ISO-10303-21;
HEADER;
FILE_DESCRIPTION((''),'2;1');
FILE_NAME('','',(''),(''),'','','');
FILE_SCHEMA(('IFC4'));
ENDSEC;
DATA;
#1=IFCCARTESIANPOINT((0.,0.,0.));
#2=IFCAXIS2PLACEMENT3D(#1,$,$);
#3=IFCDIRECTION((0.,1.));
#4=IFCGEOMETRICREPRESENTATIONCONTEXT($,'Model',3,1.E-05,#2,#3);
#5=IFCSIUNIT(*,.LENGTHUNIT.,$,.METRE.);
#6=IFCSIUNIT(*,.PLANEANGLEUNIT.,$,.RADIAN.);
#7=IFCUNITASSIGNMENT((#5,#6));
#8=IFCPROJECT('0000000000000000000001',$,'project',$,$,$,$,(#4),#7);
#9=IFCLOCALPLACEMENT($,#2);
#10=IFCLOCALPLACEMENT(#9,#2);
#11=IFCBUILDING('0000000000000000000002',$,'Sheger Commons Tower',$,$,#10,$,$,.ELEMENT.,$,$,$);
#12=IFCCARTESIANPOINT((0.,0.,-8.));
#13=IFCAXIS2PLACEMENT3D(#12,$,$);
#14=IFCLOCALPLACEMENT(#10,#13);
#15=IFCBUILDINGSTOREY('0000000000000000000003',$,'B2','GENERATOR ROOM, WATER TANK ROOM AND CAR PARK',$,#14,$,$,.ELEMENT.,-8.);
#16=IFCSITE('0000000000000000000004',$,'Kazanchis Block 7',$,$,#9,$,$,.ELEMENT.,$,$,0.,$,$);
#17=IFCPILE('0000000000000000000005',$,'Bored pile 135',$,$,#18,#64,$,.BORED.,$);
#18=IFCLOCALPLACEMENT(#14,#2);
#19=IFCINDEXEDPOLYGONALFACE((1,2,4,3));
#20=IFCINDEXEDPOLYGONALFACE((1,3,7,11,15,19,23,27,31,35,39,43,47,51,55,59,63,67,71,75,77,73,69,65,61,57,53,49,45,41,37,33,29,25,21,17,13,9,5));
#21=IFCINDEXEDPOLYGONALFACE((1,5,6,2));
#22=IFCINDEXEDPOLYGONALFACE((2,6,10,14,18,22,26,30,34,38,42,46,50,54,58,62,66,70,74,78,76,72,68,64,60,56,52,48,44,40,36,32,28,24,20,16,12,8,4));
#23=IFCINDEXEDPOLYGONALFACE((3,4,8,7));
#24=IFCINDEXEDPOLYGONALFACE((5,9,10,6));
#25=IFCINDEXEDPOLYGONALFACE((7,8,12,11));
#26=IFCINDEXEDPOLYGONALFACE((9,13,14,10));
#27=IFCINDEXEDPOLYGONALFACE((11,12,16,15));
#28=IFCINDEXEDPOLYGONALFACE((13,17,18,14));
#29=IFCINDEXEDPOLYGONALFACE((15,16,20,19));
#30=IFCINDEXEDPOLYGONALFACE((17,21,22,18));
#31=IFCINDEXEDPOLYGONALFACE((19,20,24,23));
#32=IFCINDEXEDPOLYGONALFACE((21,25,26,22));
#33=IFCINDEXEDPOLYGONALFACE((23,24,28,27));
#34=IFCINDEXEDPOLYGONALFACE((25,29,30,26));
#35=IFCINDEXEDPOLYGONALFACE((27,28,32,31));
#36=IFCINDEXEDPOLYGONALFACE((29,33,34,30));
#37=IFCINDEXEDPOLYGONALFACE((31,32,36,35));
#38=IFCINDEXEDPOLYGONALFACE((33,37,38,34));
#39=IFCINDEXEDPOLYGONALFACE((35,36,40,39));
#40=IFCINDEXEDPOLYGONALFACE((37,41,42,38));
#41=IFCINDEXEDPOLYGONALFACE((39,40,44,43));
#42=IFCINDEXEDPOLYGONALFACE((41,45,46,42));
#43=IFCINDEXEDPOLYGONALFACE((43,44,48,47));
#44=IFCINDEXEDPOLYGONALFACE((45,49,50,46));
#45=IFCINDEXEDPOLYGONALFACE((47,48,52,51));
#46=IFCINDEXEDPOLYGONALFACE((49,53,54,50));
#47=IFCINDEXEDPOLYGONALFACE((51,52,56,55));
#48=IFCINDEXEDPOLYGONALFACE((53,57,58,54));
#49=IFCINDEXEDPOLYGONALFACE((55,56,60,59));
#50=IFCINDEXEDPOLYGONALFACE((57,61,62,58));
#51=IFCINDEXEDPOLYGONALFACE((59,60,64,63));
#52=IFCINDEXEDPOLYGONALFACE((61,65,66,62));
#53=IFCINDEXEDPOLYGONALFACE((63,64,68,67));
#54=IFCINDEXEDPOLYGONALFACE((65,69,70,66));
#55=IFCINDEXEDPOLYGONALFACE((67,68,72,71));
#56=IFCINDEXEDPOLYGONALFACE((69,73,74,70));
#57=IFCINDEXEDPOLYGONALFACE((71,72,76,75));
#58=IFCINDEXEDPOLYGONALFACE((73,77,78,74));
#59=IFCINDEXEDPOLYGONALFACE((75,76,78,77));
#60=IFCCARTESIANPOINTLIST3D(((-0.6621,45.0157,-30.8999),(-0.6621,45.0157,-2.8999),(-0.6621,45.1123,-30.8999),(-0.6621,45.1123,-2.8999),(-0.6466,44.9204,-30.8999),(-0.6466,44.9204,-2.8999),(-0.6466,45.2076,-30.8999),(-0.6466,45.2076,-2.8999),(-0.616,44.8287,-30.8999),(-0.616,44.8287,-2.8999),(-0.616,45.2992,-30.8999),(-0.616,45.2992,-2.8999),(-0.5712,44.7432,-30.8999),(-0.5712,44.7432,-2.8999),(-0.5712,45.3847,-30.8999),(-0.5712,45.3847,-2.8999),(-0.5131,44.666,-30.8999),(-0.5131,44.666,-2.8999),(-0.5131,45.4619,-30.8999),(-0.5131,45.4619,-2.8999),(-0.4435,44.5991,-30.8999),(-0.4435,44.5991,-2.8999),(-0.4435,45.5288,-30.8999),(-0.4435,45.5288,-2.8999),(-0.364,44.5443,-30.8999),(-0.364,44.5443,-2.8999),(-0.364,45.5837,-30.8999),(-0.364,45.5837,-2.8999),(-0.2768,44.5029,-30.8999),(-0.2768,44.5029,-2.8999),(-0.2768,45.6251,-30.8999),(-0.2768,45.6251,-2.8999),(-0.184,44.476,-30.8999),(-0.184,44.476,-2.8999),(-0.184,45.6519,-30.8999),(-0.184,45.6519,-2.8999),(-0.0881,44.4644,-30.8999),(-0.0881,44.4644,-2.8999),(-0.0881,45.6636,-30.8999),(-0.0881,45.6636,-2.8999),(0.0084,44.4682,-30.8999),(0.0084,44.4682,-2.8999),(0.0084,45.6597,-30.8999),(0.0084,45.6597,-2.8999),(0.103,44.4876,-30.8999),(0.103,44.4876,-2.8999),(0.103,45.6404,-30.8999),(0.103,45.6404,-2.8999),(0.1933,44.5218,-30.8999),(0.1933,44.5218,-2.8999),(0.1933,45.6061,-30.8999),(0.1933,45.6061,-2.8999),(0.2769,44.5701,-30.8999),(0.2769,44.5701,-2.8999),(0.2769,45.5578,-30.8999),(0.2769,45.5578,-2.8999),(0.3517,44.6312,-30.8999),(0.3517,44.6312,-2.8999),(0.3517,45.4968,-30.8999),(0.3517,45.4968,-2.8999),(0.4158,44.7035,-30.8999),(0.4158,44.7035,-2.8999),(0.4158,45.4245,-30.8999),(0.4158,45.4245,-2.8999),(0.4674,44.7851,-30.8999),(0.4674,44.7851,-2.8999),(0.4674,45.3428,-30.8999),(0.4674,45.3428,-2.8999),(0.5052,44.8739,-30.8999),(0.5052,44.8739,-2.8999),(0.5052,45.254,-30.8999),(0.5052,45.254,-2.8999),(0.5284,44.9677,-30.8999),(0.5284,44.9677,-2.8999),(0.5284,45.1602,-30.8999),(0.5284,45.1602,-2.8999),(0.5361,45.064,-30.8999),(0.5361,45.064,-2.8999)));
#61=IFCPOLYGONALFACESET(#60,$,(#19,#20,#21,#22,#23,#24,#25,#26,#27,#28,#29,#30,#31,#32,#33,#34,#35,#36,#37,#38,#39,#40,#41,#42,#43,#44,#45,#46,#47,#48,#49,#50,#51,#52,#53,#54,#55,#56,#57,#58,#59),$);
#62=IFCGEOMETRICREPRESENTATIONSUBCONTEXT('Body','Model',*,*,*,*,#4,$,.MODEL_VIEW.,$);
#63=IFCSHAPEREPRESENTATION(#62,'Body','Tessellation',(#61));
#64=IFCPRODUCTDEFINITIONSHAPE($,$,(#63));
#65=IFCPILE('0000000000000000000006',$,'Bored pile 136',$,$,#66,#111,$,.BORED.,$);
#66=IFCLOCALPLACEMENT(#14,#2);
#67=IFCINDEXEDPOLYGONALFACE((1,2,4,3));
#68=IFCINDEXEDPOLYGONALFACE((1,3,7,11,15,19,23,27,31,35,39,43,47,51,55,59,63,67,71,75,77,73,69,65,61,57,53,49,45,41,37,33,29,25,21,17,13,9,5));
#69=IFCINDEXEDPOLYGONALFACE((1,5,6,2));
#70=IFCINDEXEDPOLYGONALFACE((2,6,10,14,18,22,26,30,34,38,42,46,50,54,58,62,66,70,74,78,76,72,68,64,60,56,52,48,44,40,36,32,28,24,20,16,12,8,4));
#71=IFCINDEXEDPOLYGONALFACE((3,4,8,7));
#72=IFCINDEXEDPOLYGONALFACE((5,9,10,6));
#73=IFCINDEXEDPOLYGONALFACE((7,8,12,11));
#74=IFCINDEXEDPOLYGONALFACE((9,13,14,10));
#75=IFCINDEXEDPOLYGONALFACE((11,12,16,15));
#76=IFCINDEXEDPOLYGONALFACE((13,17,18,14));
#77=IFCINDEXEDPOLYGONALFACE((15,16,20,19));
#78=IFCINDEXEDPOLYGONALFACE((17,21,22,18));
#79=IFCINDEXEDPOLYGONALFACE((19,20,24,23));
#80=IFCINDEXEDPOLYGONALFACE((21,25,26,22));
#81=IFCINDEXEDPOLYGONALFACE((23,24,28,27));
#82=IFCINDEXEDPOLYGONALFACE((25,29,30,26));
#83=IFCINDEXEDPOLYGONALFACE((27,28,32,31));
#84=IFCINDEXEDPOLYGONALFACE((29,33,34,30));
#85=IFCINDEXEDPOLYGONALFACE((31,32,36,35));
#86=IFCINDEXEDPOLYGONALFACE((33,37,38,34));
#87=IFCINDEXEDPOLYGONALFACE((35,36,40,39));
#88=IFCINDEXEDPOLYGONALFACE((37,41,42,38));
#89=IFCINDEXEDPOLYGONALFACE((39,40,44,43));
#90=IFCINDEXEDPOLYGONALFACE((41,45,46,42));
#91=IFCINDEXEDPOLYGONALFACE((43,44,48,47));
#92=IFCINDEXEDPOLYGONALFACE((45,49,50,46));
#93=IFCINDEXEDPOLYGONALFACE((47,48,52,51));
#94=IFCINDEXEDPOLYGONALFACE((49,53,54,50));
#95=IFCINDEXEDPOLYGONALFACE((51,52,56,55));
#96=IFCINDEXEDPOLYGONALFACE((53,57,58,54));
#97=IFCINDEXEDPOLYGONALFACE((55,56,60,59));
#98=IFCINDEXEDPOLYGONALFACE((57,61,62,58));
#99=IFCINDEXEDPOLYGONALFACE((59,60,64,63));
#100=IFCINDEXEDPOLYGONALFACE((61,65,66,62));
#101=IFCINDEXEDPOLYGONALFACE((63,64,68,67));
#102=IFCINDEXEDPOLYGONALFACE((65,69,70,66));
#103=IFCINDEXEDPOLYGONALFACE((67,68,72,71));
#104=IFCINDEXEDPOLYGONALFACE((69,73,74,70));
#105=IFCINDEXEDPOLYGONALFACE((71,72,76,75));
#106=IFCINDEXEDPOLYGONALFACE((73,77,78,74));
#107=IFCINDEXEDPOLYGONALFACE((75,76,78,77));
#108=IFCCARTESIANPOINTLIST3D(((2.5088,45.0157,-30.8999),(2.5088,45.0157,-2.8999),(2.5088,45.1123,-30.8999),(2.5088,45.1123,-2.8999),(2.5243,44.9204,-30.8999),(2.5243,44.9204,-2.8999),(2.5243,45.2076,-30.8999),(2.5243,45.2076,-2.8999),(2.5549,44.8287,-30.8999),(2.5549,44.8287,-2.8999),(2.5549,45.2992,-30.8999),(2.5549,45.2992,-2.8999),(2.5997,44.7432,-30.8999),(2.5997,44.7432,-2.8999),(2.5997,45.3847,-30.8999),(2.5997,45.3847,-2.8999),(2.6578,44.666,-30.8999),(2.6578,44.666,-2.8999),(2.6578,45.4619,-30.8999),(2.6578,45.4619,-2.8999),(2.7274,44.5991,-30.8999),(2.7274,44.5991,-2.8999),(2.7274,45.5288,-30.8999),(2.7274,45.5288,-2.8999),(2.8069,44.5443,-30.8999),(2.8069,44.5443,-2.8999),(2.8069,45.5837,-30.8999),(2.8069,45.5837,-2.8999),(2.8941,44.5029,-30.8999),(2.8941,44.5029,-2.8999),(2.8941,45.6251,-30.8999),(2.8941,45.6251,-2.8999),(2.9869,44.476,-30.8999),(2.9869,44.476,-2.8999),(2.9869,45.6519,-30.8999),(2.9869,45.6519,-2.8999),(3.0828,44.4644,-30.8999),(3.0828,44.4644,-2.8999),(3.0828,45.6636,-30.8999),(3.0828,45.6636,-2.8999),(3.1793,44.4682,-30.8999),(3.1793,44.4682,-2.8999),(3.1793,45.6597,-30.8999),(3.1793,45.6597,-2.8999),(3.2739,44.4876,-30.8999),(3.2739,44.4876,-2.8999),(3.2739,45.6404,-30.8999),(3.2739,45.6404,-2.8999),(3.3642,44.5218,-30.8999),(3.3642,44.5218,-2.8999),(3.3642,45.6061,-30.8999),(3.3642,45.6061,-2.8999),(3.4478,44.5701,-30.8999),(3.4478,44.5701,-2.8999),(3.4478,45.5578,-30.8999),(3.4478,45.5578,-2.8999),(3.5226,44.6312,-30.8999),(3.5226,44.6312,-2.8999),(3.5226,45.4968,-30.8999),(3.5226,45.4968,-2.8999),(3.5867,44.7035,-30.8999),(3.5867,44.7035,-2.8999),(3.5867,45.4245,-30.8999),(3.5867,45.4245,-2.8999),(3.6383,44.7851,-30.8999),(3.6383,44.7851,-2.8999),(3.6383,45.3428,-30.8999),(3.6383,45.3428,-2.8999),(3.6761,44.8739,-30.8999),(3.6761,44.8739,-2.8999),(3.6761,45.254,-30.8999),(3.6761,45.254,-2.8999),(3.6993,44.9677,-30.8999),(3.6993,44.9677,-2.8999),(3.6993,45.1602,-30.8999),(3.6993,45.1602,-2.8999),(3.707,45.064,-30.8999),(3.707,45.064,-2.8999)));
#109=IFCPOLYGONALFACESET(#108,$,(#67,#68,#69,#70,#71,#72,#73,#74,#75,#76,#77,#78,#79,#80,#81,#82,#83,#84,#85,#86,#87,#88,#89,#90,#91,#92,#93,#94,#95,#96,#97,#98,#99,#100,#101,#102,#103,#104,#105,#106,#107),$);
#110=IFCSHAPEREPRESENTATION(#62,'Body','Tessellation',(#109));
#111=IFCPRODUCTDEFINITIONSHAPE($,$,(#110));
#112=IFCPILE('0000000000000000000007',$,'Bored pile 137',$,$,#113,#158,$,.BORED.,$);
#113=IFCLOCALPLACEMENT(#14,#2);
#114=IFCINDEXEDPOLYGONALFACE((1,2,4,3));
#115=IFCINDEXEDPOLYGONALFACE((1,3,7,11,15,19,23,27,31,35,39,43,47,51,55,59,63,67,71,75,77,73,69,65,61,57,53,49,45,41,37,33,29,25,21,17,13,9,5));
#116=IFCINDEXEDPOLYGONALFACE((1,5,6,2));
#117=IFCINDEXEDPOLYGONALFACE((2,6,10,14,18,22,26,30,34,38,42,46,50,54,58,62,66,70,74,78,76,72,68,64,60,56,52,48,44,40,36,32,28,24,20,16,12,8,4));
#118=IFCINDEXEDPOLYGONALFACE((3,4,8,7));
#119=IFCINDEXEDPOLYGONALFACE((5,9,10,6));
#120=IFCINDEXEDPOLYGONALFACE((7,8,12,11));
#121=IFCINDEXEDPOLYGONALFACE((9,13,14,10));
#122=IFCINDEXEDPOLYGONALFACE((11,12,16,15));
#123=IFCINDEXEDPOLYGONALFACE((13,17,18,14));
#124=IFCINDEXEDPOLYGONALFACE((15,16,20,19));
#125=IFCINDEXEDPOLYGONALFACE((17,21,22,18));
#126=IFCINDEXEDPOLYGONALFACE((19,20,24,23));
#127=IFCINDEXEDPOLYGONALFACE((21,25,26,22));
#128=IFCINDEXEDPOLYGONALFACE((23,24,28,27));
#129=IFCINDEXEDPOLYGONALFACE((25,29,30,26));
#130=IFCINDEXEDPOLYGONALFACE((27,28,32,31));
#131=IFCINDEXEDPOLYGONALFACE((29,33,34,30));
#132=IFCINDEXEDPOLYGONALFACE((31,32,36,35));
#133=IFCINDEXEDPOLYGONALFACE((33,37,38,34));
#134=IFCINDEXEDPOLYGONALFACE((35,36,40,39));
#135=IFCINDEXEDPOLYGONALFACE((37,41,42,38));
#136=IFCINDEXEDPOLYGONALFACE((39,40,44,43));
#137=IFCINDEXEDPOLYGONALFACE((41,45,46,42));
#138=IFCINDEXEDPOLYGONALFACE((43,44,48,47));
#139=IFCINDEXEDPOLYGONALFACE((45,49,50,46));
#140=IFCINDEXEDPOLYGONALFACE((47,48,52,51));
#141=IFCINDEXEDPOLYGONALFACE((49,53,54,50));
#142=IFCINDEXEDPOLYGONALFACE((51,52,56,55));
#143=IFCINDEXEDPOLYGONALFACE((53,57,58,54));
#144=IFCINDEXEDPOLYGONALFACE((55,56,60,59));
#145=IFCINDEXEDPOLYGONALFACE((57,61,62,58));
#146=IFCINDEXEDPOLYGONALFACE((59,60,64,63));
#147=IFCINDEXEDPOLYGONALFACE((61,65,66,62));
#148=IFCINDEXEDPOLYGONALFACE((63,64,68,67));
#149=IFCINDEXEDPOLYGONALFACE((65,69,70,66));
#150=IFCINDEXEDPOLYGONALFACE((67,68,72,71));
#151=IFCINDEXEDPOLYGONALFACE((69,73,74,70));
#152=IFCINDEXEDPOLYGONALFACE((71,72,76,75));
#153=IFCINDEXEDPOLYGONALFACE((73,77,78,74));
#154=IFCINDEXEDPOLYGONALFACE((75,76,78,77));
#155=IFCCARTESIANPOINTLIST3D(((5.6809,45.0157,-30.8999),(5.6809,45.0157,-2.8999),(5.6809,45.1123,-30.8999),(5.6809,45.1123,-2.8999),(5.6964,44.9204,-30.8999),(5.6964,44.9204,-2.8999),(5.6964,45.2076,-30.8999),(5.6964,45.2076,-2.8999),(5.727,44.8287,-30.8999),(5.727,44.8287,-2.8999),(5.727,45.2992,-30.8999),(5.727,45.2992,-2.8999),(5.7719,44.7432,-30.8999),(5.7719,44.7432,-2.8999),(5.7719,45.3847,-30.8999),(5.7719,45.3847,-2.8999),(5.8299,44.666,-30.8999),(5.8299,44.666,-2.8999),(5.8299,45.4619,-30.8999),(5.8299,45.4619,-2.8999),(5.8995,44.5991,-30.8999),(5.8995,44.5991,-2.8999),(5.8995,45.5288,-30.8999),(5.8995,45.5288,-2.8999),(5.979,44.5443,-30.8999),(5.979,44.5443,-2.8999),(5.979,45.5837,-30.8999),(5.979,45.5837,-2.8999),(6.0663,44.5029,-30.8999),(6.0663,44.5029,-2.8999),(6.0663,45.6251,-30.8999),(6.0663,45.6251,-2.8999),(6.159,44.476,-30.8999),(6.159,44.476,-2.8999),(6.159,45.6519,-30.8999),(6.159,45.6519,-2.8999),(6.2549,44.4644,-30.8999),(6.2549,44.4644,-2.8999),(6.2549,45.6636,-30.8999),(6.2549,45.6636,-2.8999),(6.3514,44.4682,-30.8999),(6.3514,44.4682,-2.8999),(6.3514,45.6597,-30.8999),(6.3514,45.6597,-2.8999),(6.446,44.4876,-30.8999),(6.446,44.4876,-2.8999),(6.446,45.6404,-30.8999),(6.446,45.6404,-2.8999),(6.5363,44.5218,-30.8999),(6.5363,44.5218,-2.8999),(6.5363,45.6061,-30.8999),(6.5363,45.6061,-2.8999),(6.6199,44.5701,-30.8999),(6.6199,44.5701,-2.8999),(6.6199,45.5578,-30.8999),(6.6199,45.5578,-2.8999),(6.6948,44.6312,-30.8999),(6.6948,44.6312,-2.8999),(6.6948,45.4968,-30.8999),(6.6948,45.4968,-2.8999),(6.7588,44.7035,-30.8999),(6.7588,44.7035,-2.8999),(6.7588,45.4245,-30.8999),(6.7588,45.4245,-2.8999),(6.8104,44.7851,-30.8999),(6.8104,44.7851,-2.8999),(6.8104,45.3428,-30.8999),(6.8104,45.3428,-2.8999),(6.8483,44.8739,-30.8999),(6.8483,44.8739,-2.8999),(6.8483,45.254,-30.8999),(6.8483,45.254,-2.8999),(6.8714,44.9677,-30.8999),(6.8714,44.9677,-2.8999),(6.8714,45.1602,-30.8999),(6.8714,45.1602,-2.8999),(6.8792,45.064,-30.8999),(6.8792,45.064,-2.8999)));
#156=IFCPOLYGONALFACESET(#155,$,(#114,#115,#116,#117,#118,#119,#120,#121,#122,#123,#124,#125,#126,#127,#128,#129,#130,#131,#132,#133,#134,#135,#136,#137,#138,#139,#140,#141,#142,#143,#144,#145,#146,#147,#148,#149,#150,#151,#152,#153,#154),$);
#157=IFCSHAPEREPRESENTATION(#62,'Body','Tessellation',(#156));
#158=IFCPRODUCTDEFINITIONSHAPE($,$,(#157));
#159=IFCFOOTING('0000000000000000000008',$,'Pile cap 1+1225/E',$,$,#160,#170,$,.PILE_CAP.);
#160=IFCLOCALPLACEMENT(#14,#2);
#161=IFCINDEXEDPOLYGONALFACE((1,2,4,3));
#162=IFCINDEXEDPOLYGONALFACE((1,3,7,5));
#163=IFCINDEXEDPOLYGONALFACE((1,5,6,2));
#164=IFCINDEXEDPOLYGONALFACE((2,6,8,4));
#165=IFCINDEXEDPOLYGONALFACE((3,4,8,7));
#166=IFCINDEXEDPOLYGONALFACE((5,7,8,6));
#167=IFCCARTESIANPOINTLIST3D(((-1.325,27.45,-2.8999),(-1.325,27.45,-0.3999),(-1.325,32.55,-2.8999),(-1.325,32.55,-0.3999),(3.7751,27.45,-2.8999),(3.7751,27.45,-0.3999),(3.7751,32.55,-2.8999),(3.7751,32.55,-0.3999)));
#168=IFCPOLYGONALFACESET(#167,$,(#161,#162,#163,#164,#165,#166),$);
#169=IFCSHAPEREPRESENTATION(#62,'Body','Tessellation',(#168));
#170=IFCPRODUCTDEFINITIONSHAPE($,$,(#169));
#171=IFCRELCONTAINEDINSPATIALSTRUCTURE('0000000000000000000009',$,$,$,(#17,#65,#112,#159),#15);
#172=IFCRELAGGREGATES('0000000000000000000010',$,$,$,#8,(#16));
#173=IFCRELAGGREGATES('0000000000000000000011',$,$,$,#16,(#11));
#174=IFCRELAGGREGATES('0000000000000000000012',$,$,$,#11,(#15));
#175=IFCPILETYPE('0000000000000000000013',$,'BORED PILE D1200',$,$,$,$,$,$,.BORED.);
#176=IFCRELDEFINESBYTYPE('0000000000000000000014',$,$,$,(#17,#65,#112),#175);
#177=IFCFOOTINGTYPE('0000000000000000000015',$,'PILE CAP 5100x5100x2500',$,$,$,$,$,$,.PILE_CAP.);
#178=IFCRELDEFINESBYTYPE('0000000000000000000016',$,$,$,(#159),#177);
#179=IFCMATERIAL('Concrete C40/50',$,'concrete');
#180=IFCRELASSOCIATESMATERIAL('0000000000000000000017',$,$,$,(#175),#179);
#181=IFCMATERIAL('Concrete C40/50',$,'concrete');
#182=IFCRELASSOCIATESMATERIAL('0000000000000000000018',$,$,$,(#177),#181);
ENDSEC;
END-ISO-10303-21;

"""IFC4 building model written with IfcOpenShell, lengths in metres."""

from ifc_helpers import new_model, si_unit, direction, frame, origin, origin_2d, place, context, subcontext, project, spatial, rectangle, circle, extrude, material, material_profile, profile_set, type_object, element, save


model = new_model("IFC4")

# Units and contexts
model_context = context("Model", 3, precision=1e-05, world=origin(), true_north=direction((0.0, 1.0)))
body_context = subcontext(model_context, "Body", "Model", "MODEL_VIEW")
ifc_project = project(units=[si_unit("LENGTHUNIT", "METRE"), si_unit("PLANEANGLEUNIT", "RADIAN")], contexts=[model_context])

# Site, building, storey
site_placement = place(None, origin())
site = spatial("IfcSite", under=ifc_project, at=site_placement, Name="Kazanchis Block 7", CompositionType="ELEMENT", RefElevation=0.0)
building_placement = place(site_placement, origin())
building = spatial("IfcBuilding", under=site, at=building_placement, Name="Sheger Commons Tower", CompositionType="ELEMENT")
storey_placement = place(building_placement, frame((0.0, 0.0, -8.0)))
storey = spatial("IfcBuildingStorey", under=building, at=storey_placement, Name="B2", Description="GENERATOR ROOM, WATER TANK ROOM AND CAR PARK", CompositionType="ELEMENT", Elevation=-8.0)

# Piles
ifc_material_1 = material(Name="Concrete C40/50", Category="concrete")
ifc_material_profile_1 = material_profile(ifc_material_1, circle(Radius=0.6001, at=origin_2d()), Name="PILE D1200")
ifc_profile_set_1 = profile_set([ifc_material_profile_1], Name="Concrete C40/50")
pile_type = type_object("IfcPileType", Name="BORED PILE D1200", PredefinedType="BORED", material=ifc_profile_set_1)
for number, where, z_axis, x_axis, name in (
    (1, (-0.064, 45.064, -2.8999), (0.0, 0.0, -1.0), (1.0, 0.0, 0.0), "Bored pile 135"),
    (2, (3.1069, 45.064, -2.8999), (0.0, 0.0, -1.0), (1.0, 0.0, 0.0), "Bored pile 136"),
    (3, (6.2791, 45.064, -2.8999), (0.0, 0.0, -1.0), (1.0, 0.0, 0.0), "Bored pile 137"),
):
    element("IfcPile", number, at=place(storey_placement, frame(where, z_axis=z_axis, x_axis=x_axis)), inside=storey, type_object=pile_type, Name=name, PredefinedType="BORED", context=body_context, shape_type="SweptSolid", body=[
        extrude(circle(Radius=0.6001, at=origin_2d()), origin(), (0.0, 0.0, 1.0), 28.0),
    ])

# Footing
ifc_material_2 = material(Name="Concrete C40/50", Category="concrete")
footing_type = type_object("IfcFootingType", Name="PILE CAP 5100x5100x2500", PredefinedType="PILE_CAP", material=ifc_material_2)
footing_placement = place(storey_placement, frame((1.2251, 30.0, -2.8999), z_axis=(0.0, 0.0, 1.0), x_axis=(1.0, 0.0, 0.0)))
element("IfcFooting", 4, at=footing_placement, inside=storey, type_object=footing_type, Name="Pile cap 1+1225/E", PredefinedType="PILE_CAP", context=body_context, shape_type="SweptSolid", body=[
    extrude(rectangle(XDim=5.1001, YDim=5.1001, at=origin_2d()), origin(), (0.0, 0.0, 1.0), 2.5),
])

save(model, "model.ifc")
